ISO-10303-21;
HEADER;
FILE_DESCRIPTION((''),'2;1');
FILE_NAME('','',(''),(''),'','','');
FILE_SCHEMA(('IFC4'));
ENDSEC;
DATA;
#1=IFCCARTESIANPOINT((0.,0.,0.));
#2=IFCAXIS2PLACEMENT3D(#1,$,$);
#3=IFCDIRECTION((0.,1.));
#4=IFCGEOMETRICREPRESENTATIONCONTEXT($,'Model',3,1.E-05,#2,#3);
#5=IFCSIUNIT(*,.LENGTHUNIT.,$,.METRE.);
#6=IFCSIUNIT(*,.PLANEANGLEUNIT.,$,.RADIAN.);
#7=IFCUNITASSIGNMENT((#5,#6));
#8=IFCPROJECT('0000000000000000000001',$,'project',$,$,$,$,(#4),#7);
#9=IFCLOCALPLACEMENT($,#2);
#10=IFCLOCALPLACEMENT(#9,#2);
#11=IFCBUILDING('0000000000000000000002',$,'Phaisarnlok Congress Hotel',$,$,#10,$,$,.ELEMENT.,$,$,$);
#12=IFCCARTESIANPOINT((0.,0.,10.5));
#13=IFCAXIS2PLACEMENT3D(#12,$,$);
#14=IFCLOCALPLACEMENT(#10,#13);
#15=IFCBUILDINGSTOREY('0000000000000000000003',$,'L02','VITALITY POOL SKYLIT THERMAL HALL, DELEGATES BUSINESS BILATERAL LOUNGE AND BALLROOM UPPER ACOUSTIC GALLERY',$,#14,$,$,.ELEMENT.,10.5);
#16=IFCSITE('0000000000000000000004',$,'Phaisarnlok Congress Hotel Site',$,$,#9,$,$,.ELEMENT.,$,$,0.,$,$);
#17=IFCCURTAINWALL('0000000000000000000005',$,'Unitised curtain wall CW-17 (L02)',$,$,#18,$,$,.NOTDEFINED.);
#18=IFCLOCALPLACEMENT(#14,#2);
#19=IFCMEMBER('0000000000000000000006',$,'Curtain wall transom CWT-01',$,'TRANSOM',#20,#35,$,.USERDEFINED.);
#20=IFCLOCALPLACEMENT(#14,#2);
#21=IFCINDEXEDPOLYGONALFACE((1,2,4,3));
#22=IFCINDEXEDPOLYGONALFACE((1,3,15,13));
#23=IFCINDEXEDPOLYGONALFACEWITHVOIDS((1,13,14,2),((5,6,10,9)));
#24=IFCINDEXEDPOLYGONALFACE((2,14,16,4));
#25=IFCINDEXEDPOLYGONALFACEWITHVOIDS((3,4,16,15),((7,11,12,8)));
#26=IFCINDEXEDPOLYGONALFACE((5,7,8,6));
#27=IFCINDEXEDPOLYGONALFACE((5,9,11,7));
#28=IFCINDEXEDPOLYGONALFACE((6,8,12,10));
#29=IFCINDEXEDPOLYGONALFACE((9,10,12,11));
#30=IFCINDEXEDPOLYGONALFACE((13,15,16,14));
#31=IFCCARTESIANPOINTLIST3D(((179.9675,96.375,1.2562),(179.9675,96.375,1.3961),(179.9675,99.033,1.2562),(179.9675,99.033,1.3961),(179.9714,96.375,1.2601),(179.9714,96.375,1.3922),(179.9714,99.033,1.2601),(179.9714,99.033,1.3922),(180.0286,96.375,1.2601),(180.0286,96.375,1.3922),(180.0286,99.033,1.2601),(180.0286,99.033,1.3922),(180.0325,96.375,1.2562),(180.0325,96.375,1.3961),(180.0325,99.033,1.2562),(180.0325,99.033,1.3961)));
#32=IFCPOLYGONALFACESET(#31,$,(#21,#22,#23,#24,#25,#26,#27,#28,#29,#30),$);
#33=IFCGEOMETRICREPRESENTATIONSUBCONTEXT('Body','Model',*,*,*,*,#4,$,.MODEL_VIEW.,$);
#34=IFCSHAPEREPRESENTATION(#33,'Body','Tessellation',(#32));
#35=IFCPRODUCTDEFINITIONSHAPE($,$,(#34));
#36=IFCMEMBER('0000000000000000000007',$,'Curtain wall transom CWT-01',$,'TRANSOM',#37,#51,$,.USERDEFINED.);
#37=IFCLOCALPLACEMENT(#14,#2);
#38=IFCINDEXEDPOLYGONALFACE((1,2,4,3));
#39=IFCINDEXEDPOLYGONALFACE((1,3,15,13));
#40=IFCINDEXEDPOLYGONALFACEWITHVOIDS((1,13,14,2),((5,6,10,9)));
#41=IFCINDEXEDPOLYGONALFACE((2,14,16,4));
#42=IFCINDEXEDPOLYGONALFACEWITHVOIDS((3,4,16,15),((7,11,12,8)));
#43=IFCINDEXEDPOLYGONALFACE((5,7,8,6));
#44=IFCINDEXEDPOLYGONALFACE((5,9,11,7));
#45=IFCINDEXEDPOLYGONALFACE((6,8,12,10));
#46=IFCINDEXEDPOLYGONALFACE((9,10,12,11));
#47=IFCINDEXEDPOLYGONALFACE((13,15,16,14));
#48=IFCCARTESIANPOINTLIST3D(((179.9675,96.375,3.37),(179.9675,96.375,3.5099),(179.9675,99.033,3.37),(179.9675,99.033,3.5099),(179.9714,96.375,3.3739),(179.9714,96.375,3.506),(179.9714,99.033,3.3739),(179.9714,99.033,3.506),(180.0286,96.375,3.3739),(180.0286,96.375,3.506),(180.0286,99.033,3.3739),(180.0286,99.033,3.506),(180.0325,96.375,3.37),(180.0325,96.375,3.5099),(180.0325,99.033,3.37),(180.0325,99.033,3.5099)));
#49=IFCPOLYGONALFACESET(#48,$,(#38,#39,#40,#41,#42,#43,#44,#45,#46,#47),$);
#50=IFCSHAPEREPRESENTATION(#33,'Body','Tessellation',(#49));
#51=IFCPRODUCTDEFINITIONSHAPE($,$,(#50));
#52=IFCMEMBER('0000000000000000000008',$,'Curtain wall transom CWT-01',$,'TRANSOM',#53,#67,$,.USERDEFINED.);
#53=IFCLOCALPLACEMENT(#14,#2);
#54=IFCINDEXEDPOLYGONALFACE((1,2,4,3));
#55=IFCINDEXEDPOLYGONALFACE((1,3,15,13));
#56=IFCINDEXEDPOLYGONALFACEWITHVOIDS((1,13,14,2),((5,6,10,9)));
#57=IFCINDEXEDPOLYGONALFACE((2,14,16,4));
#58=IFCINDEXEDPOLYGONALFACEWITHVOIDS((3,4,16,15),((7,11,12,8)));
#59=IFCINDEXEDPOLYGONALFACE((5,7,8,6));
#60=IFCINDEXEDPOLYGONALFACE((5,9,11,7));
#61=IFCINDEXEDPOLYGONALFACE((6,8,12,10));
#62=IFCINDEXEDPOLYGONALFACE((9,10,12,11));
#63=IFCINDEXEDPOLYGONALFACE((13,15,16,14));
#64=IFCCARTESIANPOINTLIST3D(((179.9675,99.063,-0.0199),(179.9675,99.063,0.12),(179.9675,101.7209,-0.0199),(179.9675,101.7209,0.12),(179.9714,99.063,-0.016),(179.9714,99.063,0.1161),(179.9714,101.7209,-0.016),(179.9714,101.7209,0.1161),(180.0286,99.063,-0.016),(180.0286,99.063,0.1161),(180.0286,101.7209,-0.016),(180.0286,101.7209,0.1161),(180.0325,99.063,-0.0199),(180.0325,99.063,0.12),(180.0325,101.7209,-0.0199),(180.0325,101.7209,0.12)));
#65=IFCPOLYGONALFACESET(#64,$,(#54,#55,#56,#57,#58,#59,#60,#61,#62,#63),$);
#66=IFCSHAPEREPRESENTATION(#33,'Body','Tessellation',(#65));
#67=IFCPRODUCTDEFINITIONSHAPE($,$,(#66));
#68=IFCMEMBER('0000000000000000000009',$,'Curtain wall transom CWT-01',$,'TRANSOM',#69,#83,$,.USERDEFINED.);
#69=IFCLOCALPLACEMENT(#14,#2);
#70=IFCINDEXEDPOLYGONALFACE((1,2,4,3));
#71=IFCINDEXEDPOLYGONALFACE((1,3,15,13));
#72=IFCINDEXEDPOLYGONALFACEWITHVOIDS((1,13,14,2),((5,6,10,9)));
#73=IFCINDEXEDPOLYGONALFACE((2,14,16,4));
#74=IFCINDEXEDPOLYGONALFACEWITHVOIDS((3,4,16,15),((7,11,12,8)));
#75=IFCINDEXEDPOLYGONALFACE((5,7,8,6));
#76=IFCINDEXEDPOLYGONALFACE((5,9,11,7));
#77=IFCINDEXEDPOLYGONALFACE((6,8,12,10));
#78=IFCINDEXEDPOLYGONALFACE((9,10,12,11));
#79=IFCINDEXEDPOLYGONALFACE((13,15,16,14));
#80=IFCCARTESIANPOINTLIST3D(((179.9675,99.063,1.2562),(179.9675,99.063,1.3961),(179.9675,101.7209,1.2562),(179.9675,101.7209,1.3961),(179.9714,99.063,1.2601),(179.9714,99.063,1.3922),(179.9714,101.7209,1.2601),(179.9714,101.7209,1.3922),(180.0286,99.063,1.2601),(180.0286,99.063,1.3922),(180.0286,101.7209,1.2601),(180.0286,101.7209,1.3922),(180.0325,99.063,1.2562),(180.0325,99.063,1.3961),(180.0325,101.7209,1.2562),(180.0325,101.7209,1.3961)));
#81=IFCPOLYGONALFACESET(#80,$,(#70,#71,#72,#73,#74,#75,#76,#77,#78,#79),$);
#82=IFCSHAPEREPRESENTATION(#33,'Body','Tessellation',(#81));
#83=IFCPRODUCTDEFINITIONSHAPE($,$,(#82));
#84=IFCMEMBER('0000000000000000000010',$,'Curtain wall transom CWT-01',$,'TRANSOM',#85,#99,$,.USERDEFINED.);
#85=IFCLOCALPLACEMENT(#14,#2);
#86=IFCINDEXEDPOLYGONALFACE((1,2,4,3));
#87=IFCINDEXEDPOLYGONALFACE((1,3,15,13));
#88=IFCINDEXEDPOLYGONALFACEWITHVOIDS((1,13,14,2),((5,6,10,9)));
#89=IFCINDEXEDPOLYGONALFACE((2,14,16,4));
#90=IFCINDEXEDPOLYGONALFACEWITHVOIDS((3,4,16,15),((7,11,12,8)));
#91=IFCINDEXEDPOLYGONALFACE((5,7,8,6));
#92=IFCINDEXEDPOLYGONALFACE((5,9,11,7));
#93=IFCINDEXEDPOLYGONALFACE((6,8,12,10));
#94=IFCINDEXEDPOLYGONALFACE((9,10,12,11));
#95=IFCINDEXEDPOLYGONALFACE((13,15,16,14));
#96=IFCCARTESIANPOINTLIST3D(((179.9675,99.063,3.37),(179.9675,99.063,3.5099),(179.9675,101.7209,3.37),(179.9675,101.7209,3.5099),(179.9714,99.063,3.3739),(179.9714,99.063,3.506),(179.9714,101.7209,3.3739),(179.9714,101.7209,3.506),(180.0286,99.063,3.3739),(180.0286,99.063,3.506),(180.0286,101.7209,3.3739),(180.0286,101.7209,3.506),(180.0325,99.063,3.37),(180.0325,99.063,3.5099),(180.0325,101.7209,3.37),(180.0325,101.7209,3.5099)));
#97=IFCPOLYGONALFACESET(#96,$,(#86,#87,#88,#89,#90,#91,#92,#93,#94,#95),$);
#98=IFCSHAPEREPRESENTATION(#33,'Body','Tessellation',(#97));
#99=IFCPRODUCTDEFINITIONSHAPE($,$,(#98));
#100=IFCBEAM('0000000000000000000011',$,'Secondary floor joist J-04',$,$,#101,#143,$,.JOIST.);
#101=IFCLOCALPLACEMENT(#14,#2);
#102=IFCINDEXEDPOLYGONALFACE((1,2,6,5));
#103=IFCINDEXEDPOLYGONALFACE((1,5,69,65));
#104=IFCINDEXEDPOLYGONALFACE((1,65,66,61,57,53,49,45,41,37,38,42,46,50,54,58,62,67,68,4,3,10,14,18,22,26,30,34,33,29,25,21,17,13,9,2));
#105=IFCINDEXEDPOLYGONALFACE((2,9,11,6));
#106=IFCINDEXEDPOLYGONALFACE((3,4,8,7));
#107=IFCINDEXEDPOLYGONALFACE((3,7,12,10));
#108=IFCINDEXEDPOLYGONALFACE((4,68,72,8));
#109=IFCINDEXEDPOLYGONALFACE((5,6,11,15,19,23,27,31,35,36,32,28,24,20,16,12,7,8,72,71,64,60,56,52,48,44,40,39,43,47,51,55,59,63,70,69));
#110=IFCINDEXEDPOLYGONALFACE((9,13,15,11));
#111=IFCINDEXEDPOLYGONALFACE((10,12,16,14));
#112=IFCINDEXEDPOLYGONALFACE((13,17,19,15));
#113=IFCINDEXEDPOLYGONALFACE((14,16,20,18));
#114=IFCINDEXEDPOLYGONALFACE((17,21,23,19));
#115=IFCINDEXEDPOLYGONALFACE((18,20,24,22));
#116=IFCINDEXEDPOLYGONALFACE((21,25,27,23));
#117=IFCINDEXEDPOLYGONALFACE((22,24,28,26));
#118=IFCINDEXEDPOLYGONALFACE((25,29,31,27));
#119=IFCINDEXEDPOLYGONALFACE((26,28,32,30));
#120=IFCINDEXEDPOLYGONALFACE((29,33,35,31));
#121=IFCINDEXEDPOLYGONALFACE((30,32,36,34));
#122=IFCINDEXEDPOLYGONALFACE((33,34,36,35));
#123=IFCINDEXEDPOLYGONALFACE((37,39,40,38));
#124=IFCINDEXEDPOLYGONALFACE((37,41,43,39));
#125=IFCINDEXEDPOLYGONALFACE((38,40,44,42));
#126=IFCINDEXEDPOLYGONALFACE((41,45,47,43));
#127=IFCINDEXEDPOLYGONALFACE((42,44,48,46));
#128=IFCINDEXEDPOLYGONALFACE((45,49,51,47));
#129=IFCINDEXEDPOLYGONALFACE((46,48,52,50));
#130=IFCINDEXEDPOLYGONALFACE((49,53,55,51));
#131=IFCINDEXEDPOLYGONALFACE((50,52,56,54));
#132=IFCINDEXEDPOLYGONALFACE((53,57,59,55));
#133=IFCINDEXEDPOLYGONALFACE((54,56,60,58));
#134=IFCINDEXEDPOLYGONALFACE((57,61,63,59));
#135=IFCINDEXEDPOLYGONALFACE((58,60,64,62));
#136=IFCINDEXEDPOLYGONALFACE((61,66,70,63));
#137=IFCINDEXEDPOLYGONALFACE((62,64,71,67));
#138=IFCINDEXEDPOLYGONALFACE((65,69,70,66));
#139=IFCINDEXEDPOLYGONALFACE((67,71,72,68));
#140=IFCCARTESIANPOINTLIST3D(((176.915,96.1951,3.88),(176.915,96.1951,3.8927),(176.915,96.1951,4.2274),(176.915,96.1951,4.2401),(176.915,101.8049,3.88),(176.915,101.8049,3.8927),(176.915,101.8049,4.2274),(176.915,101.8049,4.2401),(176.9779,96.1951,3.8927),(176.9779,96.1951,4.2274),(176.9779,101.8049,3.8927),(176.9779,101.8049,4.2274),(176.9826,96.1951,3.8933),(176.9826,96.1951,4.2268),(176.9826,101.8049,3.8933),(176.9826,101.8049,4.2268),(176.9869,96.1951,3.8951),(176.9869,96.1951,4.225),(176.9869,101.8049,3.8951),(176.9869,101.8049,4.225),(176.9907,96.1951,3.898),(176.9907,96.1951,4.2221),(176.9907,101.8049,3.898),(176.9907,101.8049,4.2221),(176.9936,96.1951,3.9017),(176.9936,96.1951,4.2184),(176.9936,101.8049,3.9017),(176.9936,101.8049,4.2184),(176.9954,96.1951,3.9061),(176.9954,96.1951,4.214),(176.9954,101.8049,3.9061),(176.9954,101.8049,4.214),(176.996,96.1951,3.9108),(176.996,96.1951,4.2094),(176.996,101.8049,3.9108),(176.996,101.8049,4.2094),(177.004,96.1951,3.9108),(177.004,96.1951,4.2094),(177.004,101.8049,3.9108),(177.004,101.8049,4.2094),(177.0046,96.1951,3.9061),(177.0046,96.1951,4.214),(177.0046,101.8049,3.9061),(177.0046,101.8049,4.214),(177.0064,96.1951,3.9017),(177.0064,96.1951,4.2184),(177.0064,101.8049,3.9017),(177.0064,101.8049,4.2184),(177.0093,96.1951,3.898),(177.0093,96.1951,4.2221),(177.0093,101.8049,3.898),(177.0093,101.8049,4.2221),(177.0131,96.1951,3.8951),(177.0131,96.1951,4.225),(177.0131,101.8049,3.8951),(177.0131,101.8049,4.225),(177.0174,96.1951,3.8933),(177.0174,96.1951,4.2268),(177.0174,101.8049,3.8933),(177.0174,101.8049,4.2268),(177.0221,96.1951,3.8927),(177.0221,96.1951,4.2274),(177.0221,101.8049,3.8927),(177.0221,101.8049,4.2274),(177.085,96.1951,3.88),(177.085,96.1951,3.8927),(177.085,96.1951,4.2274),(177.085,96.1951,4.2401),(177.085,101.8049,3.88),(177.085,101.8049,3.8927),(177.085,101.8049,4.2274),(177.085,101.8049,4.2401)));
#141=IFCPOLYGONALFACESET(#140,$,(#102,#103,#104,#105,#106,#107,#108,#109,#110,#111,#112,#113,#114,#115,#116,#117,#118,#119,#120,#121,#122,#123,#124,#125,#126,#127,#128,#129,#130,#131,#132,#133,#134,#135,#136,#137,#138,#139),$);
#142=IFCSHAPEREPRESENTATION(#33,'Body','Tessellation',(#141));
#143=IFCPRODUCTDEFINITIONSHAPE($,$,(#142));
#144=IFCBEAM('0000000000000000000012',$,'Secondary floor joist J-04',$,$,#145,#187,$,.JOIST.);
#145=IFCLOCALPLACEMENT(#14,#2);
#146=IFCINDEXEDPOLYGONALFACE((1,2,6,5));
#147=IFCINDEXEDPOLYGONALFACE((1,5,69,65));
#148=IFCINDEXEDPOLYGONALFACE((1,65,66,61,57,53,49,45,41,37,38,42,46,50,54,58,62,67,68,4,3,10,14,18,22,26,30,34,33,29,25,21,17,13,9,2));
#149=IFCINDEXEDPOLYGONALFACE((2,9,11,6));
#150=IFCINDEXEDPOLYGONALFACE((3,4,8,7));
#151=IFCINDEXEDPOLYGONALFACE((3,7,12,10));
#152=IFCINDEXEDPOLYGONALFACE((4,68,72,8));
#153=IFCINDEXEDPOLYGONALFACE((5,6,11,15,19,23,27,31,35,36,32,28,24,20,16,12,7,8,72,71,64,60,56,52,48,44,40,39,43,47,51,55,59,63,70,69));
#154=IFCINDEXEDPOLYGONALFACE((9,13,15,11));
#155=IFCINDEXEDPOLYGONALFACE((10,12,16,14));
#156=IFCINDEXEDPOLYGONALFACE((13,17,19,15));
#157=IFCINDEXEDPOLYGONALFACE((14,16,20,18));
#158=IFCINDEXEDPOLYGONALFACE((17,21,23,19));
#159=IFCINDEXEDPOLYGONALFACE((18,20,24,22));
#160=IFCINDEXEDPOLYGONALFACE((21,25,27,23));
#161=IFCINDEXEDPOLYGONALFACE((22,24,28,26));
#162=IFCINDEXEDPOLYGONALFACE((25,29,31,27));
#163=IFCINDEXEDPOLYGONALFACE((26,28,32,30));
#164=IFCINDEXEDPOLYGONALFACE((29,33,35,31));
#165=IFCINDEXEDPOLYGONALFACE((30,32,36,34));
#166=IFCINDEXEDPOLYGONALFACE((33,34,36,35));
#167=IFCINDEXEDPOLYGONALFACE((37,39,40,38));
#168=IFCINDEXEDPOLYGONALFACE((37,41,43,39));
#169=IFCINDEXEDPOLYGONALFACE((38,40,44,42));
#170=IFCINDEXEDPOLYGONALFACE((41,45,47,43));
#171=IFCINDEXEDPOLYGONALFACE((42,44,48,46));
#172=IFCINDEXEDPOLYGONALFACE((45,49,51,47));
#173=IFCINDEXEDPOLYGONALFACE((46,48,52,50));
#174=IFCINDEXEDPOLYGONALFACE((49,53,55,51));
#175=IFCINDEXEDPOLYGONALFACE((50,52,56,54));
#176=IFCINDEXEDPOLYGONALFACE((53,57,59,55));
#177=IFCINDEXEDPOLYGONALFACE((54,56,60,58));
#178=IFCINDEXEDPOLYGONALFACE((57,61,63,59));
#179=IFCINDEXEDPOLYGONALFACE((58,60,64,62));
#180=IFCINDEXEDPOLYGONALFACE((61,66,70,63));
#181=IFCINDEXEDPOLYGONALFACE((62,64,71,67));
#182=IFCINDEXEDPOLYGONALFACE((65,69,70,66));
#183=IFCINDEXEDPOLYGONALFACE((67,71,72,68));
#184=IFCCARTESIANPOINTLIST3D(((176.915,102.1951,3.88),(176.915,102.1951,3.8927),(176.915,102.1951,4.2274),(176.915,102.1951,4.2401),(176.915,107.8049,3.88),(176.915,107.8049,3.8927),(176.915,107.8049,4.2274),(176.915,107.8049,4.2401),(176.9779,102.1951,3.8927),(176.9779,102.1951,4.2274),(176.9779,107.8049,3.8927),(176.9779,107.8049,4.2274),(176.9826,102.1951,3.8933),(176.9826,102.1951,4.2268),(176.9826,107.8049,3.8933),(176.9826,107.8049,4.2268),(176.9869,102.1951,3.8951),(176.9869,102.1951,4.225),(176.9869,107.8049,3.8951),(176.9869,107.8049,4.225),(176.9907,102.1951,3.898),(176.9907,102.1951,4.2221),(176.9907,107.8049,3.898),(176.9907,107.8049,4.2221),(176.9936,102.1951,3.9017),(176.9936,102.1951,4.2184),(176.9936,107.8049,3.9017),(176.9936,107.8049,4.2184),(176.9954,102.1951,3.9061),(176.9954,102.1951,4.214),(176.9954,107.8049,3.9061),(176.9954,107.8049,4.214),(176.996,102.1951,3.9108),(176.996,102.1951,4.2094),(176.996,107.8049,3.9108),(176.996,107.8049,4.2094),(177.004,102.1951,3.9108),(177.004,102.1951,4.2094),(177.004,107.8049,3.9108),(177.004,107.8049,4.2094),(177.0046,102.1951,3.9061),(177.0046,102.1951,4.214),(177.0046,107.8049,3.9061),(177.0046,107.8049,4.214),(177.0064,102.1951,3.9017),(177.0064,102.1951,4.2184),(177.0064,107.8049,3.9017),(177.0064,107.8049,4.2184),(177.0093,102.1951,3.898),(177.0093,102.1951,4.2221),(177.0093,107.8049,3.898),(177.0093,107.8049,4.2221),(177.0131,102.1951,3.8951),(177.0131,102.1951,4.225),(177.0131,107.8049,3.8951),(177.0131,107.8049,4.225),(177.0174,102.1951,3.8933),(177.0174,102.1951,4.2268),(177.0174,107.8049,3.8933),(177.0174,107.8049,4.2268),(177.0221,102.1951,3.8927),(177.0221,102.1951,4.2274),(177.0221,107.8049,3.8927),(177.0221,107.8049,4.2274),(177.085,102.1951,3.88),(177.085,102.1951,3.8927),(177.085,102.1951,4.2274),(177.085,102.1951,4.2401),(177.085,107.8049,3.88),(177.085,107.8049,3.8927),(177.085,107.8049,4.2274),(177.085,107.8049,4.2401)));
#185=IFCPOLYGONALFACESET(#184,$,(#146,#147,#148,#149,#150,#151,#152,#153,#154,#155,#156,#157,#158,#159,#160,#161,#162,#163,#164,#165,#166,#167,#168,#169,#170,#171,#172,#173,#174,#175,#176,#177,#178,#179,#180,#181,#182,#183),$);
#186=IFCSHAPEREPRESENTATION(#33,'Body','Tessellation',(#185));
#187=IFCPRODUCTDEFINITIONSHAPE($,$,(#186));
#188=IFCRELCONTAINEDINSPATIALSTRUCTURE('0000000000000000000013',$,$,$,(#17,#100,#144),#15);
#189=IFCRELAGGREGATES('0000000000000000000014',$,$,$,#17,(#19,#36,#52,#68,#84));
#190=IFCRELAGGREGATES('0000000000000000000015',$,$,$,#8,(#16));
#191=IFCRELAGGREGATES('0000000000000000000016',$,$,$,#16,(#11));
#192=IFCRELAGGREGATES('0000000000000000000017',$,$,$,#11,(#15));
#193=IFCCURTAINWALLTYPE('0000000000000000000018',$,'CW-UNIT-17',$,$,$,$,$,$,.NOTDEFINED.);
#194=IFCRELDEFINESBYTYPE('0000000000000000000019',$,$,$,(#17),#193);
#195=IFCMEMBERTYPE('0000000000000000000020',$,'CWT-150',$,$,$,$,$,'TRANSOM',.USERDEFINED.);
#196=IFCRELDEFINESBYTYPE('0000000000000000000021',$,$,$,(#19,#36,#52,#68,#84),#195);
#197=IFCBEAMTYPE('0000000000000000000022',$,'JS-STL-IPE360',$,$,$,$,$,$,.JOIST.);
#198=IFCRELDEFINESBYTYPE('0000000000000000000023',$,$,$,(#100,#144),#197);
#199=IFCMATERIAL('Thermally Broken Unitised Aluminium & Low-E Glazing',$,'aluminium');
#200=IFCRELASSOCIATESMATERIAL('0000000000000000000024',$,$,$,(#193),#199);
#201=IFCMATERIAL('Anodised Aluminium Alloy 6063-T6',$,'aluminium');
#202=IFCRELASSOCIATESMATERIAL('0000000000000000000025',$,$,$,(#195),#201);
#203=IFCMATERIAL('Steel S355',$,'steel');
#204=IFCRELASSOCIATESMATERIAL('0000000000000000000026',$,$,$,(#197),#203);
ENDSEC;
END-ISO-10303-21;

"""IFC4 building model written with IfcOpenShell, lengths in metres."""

from ifc_helpers import new_model, si_unit, direction, frame, origin, origin_2d, place, context, subcontext, project, spatial, hollow_rectangle, i_section, extrude, material, material_profile, profile_set, type_object, element, aggregate, save


model = new_model("IFC4")

# Units and contexts
model_context = context("Model", 3, precision=1e-05, world=origin(), true_north=direction((0.0, 1.0)))
body_context = subcontext(model_context, "Body", "Model", "MODEL_VIEW")
ifc_project = project(units=[si_unit("LENGTHUNIT", "METRE"), si_unit("PLANEANGLEUNIT", "RADIAN")], contexts=[model_context])

# Site, building, storey
site_placement = place(None, origin())
site = spatial("IfcSite", under=ifc_project, at=site_placement, Name="Phaisarnlok Congress Hotel Site", CompositionType="ELEMENT", RefElevation=0.0)
building_placement = place(site_placement, origin())
building = spatial("IfcBuilding", under=site, at=building_placement, Name="Phaisarnlok Congress Hotel", CompositionType="ELEMENT")
storey_placement = place(building_placement, frame((0.0, 0.0, 10.5)))
storey = spatial("IfcBuildingStorey", under=building, at=storey_placement, Name="L02", Description="VITALITY POOL SKYLIT THERMAL HALL, DELEGATES BUSINESS BILATERAL LOUNGE AND BALLROOM UPPER ACOUSTIC GALLERY", CompositionType="ELEMENT", Elevation=10.5)

# Shared definitions
ifc_material_1 = material(Name="Steel S355", Category="steel")

# Curtain wall, members
ifc_material_2 = material(Name="Thermally Broken Unitised Aluminium & Low-E Glazing", Category="aluminium")
curtain_wall_type = type_object("IfcCurtainWallType", Name="CW-UNIT-17", PredefinedType="NOTDEFINED", material=ifc_material_2)
curtain_wall_placement = place(storey_placement, origin())
curtain_wall = element("IfcCurtainWall", 1, at=curtain_wall_placement, inside=storey, type_object=curtain_wall_type, Name="Unitised curtain wall CW-17 (L02)", PredefinedType="NOTDEFINED")
ifc_material_3 = material(Name="Anodised Aluminium Alloy 6063-T6", Category="aluminium")
ifc_material_profile_1 = material_profile(ifc_material_3, hollow_rectangle(XDim=0.0649, YDim=0.1399, WallThickness=0.0039, at=origin_2d()), Name="ALU-T 65x140x4")
ifc_profile_set_1 = profile_set([ifc_material_profile_1], Name="Anodised Aluminium Alloy 6063-T6")
member_type_1 = type_object("IfcMemberType", Name="CWT-150", ElementType="TRANSOM", PredefinedType="USERDEFINED", material=ifc_profile_set_1)
member_1_placement = place(storey_placement, frame((180.0, 96.375, 1.3262), z_axis=(0.0, 1.0, 0.0), x_axis=(-1.0, 0.0, 0.0)))
member_1 = element("IfcMember", 2, at=member_1_placement, type_object=member_type_1, Name="Curtain wall transom CWT-01", ObjectType="TRANSOM", PredefinedType="USERDEFINED", context=body_context, shape_type="SweptSolid", body=[
    extrude(hollow_rectangle(XDim=0.0649, YDim=0.1399, WallThickness=0.0039, at=origin_2d()), origin(), (0.0, 0.0, 1.0), 2.658),
])
member_2_placement = place(storey_placement, frame((180.0, 96.375, 3.4399), z_axis=(0.0, 1.0, 0.0), x_axis=(-1.0, 0.0, 0.0)))
member_2 = element("IfcMember", 3, at=member_2_placement, type_object=member_type_1, Name="Curtain wall transom CWT-01", ObjectType="TRANSOM", PredefinedType="USERDEFINED", context=body_context, shape_type="SweptSolid", body=[
    extrude(hollow_rectangle(XDim=0.0649, YDim=0.1399, WallThickness=0.0039, at=origin_2d()), origin(), (0.0, 0.0, 1.0), 2.658),
])
member_3_placement = place(storey_placement, frame((180.0, 99.063, 0.05), z_axis=(0.0, 1.0, 0.0), x_axis=(-1.0, 0.0, 0.0)))
member_3 = element("IfcMember", 4, at=member_3_placement, type_object=member_type_1, Name="Curtain wall transom CWT-01", ObjectType="TRANSOM", PredefinedType="USERDEFINED", context=body_context, shape_type="SweptSolid", body=[
    extrude(hollow_rectangle(XDim=0.0649, YDim=0.1399, WallThickness=0.0039, at=origin_2d()), origin(), (0.0, 0.0, 1.0), 2.658),
])
member_4_placement = place(storey_placement, frame((180.0, 99.063, 1.3262), z_axis=(0.0, 1.0, 0.0), x_axis=(-1.0, 0.0, 0.0)))
member_4 = element("IfcMember", 5, at=member_4_placement, type_object=member_type_1, Name="Curtain wall transom CWT-01", ObjectType="TRANSOM", PredefinedType="USERDEFINED", context=body_context, shape_type="SweptSolid", body=[
    extrude(hollow_rectangle(XDim=0.0649, YDim=0.1399, WallThickness=0.0039, at=origin_2d()), origin(), (0.0, 0.0, 1.0), 2.658),
])
member_5_placement = place(storey_placement, frame((180.0, 99.063, 3.4399), z_axis=(0.0, 1.0, 0.0), x_axis=(-1.0, 0.0, 0.0)))
member_5 = element("IfcMember", 6, at=member_5_placement, type_object=member_type_1, Name="Curtain wall transom CWT-01", ObjectType="TRANSOM", PredefinedType="USERDEFINED", context=body_context, shape_type="SweptSolid", body=[
    extrude(hollow_rectangle(XDim=0.0649, YDim=0.1399, WallThickness=0.0039, at=origin_2d()), origin(), (0.0, 0.0, 1.0), 2.658),
])

# Beams
ifc_material_profile_2 = material_profile(ifc_material_1, i_section(OverallWidth=0.1699, OverallDepth=0.3601, WebThickness=0.0081, FlangeThickness=0.0127, FilletRadius=0.0181, at=origin_2d()), Name="IPE 360")
ifc_profile_set_2 = profile_set([ifc_material_profile_2], Name="Steel S355")
beam_type_1 = type_object("IfcBeamType", Name="JS-STL-IPE360", PredefinedType="JOIST", material=ifc_profile_set_2)
for number, where, z_axis, x_axis, name in (
    (7, (177.0, 96.1951, 4.0601), (0.0, 1.0, 0.0), (-1.0, 0.0, 0.0), "Secondary floor joist J-04"),
    (8, (177.0, 102.1951, 4.0601), (0.0, 1.0, 0.0), (-1.0, 0.0, 0.0), "Secondary floor joist J-04"),
):
    element("IfcBeam", number, at=place(storey_placement, frame(where, z_axis=z_axis, x_axis=x_axis)), inside=storey, type_object=beam_type_1, Name=name, PredefinedType="JOIST", context=body_context, shape_type="SweptSolid", body=[
        extrude(i_section(OverallWidth=0.1699, OverallDepth=0.3601, WebThickness=0.0081, FlangeThickness=0.0127, FilletRadius=0.0181, at=origin_2d()), origin(), (0.0, 0.0, 1.0), 5.6099),
    ])

aggregate(curtain_wall, [member_1, member_2, member_3, member_4, member_5])

save(model, "model.ifc")
